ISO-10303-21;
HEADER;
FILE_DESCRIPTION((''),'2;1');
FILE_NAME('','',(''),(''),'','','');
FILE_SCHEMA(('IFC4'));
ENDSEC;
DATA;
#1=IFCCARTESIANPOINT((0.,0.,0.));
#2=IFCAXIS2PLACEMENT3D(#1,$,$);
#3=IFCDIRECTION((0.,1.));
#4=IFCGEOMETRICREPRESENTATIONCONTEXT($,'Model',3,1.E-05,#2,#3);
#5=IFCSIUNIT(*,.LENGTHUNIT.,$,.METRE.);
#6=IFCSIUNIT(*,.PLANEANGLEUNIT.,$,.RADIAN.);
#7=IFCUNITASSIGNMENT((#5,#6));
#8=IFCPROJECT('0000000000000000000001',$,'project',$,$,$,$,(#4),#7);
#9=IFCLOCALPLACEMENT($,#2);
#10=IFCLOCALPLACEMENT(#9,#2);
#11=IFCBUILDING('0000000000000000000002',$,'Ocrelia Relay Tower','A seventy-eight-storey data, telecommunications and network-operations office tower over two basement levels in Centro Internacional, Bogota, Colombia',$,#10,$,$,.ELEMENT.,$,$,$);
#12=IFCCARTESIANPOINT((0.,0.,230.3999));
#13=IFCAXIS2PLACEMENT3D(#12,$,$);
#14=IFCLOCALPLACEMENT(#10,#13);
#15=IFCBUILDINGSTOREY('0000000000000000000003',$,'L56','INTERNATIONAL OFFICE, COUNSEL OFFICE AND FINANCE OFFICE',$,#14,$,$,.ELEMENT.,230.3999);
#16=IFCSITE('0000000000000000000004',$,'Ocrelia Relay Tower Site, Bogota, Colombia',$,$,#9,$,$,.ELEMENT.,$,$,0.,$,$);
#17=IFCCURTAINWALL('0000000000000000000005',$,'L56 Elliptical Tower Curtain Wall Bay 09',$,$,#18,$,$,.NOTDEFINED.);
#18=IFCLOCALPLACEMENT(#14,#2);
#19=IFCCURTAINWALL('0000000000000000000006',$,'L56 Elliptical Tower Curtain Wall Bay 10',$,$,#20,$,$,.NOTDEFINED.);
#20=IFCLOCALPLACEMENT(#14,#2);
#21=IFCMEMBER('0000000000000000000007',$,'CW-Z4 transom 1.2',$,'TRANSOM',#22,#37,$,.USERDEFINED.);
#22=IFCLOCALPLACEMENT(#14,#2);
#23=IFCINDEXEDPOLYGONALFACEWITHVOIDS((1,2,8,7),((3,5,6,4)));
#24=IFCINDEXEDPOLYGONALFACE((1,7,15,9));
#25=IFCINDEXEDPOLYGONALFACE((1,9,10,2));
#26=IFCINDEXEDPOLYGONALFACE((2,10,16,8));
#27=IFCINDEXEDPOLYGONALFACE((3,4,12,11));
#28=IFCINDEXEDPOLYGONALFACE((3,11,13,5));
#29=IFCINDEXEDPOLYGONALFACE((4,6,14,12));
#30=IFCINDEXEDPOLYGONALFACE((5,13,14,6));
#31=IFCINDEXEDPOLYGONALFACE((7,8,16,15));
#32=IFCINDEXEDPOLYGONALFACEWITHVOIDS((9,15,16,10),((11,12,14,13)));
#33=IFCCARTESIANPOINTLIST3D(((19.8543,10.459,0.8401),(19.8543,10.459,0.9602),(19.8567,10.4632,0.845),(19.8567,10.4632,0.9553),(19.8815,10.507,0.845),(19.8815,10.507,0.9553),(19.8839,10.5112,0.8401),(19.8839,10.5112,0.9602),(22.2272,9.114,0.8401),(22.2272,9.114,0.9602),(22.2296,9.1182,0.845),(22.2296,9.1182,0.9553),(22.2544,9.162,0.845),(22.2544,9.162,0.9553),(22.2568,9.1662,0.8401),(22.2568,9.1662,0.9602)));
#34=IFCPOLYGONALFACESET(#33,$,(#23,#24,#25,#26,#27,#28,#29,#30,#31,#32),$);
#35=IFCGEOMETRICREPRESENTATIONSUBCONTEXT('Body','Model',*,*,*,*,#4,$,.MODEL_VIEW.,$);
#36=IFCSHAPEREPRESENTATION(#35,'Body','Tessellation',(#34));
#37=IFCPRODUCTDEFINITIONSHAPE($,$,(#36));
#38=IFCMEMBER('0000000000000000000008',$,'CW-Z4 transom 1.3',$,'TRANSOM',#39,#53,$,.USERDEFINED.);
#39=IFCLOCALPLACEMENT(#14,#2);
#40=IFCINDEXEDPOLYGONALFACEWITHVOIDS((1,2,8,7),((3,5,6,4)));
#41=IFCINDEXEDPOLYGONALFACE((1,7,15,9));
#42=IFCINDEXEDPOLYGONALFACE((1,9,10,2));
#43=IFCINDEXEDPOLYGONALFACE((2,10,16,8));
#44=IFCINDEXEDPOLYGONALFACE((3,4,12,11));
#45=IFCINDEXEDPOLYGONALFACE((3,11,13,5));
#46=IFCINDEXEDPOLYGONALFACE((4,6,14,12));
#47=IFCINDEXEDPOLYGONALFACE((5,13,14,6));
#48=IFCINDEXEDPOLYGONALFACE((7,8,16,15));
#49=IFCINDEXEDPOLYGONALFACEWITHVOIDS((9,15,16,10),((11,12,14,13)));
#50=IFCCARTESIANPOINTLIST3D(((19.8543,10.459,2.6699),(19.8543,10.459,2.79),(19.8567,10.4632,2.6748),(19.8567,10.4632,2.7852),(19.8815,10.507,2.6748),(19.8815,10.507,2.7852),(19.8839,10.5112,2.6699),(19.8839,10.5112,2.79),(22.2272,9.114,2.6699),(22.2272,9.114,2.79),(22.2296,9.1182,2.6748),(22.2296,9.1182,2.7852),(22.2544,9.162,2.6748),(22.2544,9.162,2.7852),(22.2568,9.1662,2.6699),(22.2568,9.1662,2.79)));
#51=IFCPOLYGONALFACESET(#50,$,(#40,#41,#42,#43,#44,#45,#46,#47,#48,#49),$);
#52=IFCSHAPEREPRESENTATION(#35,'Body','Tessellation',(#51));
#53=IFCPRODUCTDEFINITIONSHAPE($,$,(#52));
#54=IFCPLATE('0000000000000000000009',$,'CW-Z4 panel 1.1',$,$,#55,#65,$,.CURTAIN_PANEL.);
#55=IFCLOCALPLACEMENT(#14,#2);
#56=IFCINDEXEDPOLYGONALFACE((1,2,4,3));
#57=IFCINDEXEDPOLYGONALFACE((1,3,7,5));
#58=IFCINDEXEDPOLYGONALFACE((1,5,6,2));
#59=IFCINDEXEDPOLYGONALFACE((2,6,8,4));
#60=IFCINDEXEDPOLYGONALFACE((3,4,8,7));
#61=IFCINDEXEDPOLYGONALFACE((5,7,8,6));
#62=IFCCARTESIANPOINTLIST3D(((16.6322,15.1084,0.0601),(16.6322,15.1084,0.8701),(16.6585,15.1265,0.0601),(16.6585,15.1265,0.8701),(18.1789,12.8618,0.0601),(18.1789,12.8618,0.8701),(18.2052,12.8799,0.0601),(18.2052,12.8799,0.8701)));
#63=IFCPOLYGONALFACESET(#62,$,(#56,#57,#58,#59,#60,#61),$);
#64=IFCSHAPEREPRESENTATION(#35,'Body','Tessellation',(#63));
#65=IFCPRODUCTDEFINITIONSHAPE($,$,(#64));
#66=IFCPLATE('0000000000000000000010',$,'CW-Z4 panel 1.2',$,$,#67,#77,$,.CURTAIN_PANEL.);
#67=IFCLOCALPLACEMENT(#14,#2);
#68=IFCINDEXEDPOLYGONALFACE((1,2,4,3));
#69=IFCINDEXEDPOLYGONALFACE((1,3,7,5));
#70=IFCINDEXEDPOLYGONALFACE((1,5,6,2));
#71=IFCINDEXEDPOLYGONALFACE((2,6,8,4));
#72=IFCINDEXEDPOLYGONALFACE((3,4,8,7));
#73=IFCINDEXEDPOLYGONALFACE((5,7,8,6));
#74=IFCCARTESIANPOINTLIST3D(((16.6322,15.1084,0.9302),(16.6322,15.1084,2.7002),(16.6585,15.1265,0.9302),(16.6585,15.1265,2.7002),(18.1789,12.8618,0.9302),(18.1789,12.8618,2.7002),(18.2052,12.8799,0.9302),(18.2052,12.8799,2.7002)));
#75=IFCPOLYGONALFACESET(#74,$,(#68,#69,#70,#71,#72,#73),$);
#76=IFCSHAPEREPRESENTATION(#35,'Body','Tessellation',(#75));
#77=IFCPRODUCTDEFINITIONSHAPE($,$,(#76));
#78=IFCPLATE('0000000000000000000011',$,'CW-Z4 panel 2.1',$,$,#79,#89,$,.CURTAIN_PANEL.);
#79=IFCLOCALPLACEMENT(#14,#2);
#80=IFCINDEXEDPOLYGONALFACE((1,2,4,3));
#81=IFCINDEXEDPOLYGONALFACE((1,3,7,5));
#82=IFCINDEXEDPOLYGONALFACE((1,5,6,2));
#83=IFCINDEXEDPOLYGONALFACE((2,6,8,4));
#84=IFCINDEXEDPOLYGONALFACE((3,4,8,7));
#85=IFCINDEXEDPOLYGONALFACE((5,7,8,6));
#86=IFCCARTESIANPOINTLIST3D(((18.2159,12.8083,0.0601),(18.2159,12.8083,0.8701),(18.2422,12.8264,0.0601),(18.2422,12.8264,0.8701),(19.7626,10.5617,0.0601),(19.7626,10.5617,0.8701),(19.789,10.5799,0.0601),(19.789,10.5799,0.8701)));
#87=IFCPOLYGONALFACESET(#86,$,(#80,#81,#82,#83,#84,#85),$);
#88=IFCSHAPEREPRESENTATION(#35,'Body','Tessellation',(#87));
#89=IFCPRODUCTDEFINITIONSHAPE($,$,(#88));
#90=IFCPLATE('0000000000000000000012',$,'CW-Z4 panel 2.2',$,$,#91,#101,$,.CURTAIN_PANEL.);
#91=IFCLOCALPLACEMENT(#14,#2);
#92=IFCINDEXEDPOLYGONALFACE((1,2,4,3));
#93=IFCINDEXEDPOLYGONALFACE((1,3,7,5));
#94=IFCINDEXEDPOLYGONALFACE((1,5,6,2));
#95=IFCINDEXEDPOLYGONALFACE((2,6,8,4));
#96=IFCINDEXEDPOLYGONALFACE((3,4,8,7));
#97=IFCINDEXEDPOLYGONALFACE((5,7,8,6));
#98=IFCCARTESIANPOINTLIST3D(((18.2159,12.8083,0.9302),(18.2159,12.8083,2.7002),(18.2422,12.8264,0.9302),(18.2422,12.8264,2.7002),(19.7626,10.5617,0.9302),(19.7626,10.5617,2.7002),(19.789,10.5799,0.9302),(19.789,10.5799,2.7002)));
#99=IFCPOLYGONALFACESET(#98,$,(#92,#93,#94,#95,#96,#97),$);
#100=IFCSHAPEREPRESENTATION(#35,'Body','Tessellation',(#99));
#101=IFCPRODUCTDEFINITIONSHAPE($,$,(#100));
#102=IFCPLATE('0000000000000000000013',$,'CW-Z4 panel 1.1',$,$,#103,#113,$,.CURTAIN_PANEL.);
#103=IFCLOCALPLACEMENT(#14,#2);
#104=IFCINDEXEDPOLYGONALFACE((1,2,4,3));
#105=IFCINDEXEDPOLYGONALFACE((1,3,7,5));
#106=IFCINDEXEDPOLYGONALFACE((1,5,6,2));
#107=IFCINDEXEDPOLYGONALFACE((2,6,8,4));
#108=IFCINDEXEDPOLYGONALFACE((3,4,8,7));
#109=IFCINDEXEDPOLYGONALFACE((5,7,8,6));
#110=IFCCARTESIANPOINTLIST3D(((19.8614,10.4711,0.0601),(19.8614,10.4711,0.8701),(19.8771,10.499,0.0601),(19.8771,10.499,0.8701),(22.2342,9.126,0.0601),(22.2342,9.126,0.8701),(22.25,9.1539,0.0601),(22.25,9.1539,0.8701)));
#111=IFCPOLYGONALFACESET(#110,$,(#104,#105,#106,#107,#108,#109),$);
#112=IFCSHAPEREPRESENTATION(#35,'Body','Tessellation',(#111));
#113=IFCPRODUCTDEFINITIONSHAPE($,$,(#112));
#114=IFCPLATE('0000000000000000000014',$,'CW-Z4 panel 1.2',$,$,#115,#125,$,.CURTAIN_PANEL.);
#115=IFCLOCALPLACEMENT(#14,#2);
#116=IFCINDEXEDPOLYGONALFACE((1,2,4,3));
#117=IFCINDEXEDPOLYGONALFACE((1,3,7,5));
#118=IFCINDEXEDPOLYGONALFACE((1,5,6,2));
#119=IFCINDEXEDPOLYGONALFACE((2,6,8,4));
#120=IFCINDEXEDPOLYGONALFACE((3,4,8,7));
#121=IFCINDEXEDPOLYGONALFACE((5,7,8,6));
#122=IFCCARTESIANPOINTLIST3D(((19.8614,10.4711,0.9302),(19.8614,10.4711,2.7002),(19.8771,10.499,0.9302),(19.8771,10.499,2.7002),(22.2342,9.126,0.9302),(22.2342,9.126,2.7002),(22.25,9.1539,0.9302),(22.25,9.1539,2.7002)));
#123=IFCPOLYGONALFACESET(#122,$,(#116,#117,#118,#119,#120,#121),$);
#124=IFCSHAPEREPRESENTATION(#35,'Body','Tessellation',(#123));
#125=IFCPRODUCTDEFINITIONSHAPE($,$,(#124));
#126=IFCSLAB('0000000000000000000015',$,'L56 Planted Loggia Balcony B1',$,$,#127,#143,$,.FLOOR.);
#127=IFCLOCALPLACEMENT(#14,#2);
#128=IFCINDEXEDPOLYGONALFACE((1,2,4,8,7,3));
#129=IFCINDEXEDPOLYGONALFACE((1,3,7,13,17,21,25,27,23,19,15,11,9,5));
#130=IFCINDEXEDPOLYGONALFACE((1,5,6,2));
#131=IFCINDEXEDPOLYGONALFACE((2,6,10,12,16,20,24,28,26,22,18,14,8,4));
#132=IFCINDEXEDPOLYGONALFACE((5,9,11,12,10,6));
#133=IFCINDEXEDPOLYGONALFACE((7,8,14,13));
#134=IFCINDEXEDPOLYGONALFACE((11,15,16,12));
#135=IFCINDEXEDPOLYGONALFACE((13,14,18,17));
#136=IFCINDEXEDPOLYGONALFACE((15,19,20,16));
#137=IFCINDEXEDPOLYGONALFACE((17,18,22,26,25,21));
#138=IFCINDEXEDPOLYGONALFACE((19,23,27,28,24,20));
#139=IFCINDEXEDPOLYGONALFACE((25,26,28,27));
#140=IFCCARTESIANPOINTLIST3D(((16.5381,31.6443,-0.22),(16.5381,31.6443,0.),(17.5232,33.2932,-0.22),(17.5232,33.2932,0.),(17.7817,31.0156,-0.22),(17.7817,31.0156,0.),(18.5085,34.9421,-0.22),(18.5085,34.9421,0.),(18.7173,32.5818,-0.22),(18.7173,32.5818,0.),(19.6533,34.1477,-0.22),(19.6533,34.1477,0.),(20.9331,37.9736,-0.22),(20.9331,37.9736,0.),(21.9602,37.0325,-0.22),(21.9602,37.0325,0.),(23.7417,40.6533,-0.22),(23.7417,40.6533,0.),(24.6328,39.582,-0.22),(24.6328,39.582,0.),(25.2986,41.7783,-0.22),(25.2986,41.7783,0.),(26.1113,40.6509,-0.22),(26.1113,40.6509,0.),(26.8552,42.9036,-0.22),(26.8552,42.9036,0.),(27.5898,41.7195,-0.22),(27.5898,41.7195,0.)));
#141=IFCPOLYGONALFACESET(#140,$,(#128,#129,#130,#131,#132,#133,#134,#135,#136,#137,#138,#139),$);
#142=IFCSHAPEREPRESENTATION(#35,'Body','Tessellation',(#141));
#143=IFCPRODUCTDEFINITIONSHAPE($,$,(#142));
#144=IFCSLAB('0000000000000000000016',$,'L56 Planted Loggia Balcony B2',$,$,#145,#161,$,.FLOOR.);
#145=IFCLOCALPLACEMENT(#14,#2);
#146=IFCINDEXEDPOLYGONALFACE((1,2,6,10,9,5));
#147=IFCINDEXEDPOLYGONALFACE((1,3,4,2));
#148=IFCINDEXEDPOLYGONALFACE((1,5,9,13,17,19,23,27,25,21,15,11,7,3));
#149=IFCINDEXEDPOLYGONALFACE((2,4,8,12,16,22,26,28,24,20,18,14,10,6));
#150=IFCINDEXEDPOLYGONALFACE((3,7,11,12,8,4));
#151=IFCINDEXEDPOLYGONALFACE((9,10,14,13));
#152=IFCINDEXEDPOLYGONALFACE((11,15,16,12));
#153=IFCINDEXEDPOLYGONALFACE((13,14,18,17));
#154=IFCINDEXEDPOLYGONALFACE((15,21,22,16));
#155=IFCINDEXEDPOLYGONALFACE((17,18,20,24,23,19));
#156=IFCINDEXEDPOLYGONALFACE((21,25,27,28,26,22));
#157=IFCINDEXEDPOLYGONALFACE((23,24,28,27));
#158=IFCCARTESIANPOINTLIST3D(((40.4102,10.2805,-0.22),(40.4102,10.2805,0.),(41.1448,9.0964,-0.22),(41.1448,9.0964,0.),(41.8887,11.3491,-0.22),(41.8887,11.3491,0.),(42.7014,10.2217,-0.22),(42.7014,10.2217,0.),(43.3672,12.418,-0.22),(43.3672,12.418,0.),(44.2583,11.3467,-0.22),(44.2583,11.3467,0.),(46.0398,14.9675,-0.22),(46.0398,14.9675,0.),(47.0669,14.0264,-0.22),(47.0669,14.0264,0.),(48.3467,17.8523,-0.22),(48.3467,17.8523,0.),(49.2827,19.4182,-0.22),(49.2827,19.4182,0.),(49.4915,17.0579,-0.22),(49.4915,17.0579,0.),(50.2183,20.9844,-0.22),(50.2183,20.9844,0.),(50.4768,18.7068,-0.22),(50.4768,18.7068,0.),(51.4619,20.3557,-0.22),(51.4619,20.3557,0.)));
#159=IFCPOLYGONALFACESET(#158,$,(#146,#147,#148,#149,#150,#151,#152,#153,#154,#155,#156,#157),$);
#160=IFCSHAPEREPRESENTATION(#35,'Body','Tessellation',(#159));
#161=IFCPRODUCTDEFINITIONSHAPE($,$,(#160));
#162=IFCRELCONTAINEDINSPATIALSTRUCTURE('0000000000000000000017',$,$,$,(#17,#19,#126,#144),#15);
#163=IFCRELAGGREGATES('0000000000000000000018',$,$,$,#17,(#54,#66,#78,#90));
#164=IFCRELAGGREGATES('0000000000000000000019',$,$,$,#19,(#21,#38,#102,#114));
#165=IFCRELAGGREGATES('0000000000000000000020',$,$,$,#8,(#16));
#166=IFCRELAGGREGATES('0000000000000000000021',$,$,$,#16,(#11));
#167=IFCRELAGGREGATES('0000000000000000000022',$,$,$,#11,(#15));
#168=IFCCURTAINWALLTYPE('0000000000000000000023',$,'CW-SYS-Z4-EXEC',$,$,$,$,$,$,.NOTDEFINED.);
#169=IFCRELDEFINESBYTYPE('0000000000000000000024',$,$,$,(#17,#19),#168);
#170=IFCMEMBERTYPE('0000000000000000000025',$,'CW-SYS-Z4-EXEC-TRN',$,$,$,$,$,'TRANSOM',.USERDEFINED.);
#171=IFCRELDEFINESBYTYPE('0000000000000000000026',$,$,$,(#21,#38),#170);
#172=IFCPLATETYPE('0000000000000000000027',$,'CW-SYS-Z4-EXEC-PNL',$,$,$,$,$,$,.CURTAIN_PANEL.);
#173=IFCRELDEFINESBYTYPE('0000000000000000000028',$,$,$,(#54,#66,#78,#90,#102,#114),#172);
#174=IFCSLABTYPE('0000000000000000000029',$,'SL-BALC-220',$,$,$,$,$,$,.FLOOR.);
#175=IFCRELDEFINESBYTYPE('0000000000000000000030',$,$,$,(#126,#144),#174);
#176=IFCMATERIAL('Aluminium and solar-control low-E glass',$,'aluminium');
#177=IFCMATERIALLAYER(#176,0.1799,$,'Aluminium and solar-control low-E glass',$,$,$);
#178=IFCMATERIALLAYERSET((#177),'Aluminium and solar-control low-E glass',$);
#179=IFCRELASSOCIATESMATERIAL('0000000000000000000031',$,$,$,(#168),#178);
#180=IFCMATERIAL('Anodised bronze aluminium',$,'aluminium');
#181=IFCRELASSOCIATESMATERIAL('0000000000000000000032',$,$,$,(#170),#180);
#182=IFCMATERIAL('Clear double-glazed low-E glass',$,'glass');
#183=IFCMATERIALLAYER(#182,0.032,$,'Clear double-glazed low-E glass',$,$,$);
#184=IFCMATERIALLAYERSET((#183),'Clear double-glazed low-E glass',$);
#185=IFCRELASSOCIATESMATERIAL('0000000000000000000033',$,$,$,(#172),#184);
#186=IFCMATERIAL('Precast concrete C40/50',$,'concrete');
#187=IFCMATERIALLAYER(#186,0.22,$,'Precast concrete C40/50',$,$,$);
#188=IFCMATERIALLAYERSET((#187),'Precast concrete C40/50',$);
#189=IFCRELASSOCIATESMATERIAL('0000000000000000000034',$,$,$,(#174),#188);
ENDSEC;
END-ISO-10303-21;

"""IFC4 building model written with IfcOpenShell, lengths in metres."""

from ifc_helpers import new_model, si_unit, direction, frame, origin, origin_2d, place, context, subcontext, project, spatial, polyline, rectangle, hollow_rectangle, outline, extrude, material, layer, layer_set, material_profile, profile_set, type_object, element, aggregate, save


model = new_model("IFC4")

# Units and contexts
model_context = context("Model", 3, precision=1e-05, world=origin(), true_north=direction((0.0, 1.0)))
body_context = subcontext(model_context, "Body", "Model", "MODEL_VIEW")
ifc_project = project(units=[si_unit("LENGTHUNIT", "METRE"), si_unit("PLANEANGLEUNIT", "RADIAN")], contexts=[model_context])

# Site, building, storey
site_placement = place(None, origin())
site = spatial("IfcSite", under=ifc_project, at=site_placement, Name="Ocrelia Relay Tower Site, Bogota, Colombia", CompositionType="ELEMENT", RefElevation=0.0)
building_placement = place(site_placement, origin())
building = spatial("IfcBuilding", under=site, at=building_placement, Name="Ocrelia Relay Tower", Description="A seventy-eight-storey data, telecommunications and network-operations office tower over two basement levels in Centro Internacional, Bogota, Colombia", CompositionType="ELEMENT")
storey_placement = place(building_placement, frame((0.0, 0.0, 230.3999)))
storey = spatial("IfcBuildingStorey", under=building, at=storey_placement, Name="L56", Description="INTERNATIONAL OFFICE, COUNSEL OFFICE AND FINANCE OFFICE", CompositionType="ELEMENT", Elevation=230.3999)

# Curtain wall
ifc_material_1 = material(Name="Aluminium and solar-control low-E glass", Category="aluminium")
ifc_layer_1 = layer(ifc_material_1, 0.1799, Name="Aluminium and solar-control low-E glass")
ifc_layer_set_1 = layer_set([ifc_layer_1], Name="Aluminium and solar-control low-E glass")
curtain_wall_type = type_object("IfcCurtainWallType", Name="CW-SYS-Z4-EXEC", PredefinedType="NOTDEFINED", material=ifc_layer_set_1)
curtain_wall_1_placement = place(storey_placement, origin())
curtain_wall_1 = element("IfcCurtainWall", 1, at=curtain_wall_1_placement, inside=storey, type_object=curtain_wall_type, Name="L56 Elliptical Tower Curtain Wall Bay 09", PredefinedType="NOTDEFINED")
ifc_material_2 = material(Name="Anodised bronze aluminium", Category="aluminium")

# Curtain wall
curtain_wall_2_placement = place(storey_placement, origin())
curtain_wall_2 = element("IfcCurtainWall", 2, at=curtain_wall_2_placement, inside=storey, type_object=curtain_wall_type, Name="L56 Elliptical Tower Curtain Wall Bay 10", PredefinedType="NOTDEFINED")

# Members
ifc_material_profile_1 = material_profile(ifc_material_2, hollow_rectangle(XDim=0.0601, YDim=0.1201, WallThickness=0.0049, at=origin_2d()), Name="CW-TRN-120x60")
ifc_profile_set_1 = profile_set([ifc_material_profile_1], Name="Anodised bronze aluminium")
member_type_1 = type_object("IfcMemberType", Name="CW-SYS-Z4-EXEC-TRN", ElementType="TRANSOM", PredefinedType="USERDEFINED", material=ifc_profile_set_1)
member_1_placement = place(storey_placement, frame((19.8691, 10.4851, 0.9001), z_axis=(0.869962, -0.493119, 0.0), x_axis=(0.493119, 0.869962, 0.0)))
member_1 = element("IfcMember", 3, at=member_1_placement, type_object=member_type_1, Name="CW-Z4 transom 1.2", ObjectType="TRANSOM", PredefinedType="USERDEFINED", context=body_context, shape_type="SweptSolid", body=[
    extrude(hollow_rectangle(XDim=0.0601, YDim=0.1201, WallThickness=0.0049, at=origin_2d()), origin(), (0.0, 0.0, 1.0), 2.7275),
])
member_2_placement = place(storey_placement, frame((19.8691, 10.4851, 2.73), z_axis=(0.869962, -0.493119, 0.0), x_axis=(0.493119, 0.869962, 0.0)))
member_2 = element("IfcMember", 4, at=member_2_placement, type_object=member_type_1, Name="CW-Z4 transom 1.3", ObjectType="TRANSOM", PredefinedType="USERDEFINED", context=body_context, shape_type="SweptSolid", body=[
    extrude(hollow_rectangle(XDim=0.0601, YDim=0.1201, WallThickness=0.0049, at=origin_2d()), origin(), (0.0, 0.0, 1.0), 2.7275),
])

# Plates
ifc_material_3 = material(Name="Clear double-glazed low-E glass", Category="glass")
ifc_layer_2 = layer(ifc_material_3, 0.032, Name="Clear double-glazed low-E glass")
ifc_layer_set_2 = layer_set([ifc_layer_2], Name="Clear double-glazed low-E glass")
plate_type = type_object("IfcPlateType", Name="CW-SYS-Z4-EXEC-PNL", PredefinedType="CURTAIN_PANEL", material=ifc_layer_set_2)
plate_1_placement = place(storey_placement, frame((17.4187, 13.9941, 0.0601), z_axis=(0.0, 0.0, 1.0), x_axis=(0.567087, -0.823658, 0.0)))
plate_1 = element("IfcPlate", 5, at=plate_1_placement, type_object=plate_type, Name="CW-Z4 panel 1.1", PredefinedType="CURTAIN_PANEL", context=body_context, shape_type="SweptSolid", body=[
    extrude(rectangle(XDim=2.7275, YDim=0.032, at=origin_2d()), origin(), (0.0, 0.0, 1.0), 0.8101),
])
plate_2_placement = place(storey_placement, frame((17.4187, 13.9941, 0.9302), z_axis=(0.0, 0.0, 1.0), x_axis=(0.567087, -0.823658, 0.0)))
plate_2 = element("IfcPlate", 6, at=plate_2_placement, type_object=plate_type, Name="CW-Z4 panel 1.2", PredefinedType="CURTAIN_PANEL", context=body_context, shape_type="SweptSolid", body=[
    extrude(rectangle(XDim=2.7275, YDim=0.032, at=origin_2d()), origin(), (0.0, 0.0, 1.0), 1.77),
])
plate_3_placement = place(storey_placement, frame((19.0024, 11.6941, 0.0601), z_axis=(0.0, 0.0, 1.0), x_axis=(0.567087, -0.823658, 0.0)))
plate_3 = element("IfcPlate", 7, at=plate_3_placement, type_object=plate_type, Name="CW-Z4 panel 2.1", PredefinedType="CURTAIN_PANEL", context=body_context, shape_type="SweptSolid", body=[
    extrude(rectangle(XDim=2.7275, YDim=0.032, at=origin_2d()), origin(), (0.0, 0.0, 1.0), 0.8101),
])
plate_4_placement = place(storey_placement, frame((19.0024, 11.6941, 0.9302), z_axis=(0.0, 0.0, 1.0), x_axis=(0.567087, -0.823658, 0.0)))
plate_4 = element("IfcPlate", 8, at=plate_4_placement, type_object=plate_type, Name="CW-Z4 panel 2.2", PredefinedType="CURTAIN_PANEL", context=body_context, shape_type="SweptSolid", body=[
    extrude(rectangle(XDim=2.7275, YDim=0.032, at=origin_2d()), origin(), (0.0, 0.0, 1.0), 1.77),
])
aggregate(curtain_wall_1, [plate_1, plate_2, plate_3, plate_4])
plate_5_placement = place(storey_placement, frame((21.0557, 9.8125, 0.0601), z_axis=(0.0, 0.0, 1.0), x_axis=(0.869946, -0.493147, 0.0)))
plate_5 = element("IfcPlate", 9, at=plate_5_placement, type_object=plate_type, Name="CW-Z4 panel 1.1", PredefinedType="CURTAIN_PANEL", context=body_context, shape_type="SweptSolid", body=[
    extrude(rectangle(XDim=2.7275, YDim=0.032, at=origin_2d()), origin(), (0.0, 0.0, 1.0), 0.8101),
])
plate_6_placement = place(storey_placement, frame((21.0557, 9.8125, 0.9302), z_axis=(0.0, 0.0, 1.0), x_axis=(0.869946, -0.493147, 0.0)))
plate_6 = element("IfcPlate", 10, at=plate_6_placement, type_object=plate_type, Name="CW-Z4 panel 1.2", PredefinedType="CURTAIN_PANEL", context=body_context, shape_type="SweptSolid", body=[
    extrude(rectangle(XDim=2.7275, YDim=0.032, at=origin_2d()), origin(), (0.0, 0.0, 1.0), 1.77),
])
aggregate(curtain_wall_2, [member_1, member_2, plate_5, plate_6])

# Slabs
ifc_material_4 = material(Name="Precast concrete C40/50", Category="concrete")
ifc_layer_3 = layer(ifc_material_4, 0.22, Name="Precast concrete C40/50")
ifc_layer_set_3 = layer_set([ifc_layer_3], Name="Precast concrete C40/50")
slab_type_1 = type_object("IfcSlabType", Name="SL-BALC-220", PredefinedType="FLOOR", material=ifc_layer_set_3)
slab_1_placement = place(storey_placement, frame((0.0, 0.0, -0.22)))
element("IfcSlab", 11, at=slab_1_placement, inside=storey, type_object=slab_type_1, Name="L56 Planted Loggia Balcony B1", PredefinedType="FLOOR", context=body_context, shape_type="SweptSolid", body=[
    extrude(outline(polyline([(27.5898, 41.7195), (26.1113, 40.6509), (24.6328, 39.582), (21.9602, 37.0325), (19.6533, 34.1477), (18.7173, 32.5818), (17.7817, 31.0156), (16.5381, 31.6443), (17.5232, 33.2932), (18.5085, 34.9421), (20.9331, 37.9736), (23.7417, 40.6533), (25.2986, 41.7783), (26.8552, 42.9036), (27.5898, 41.7195)])), origin(), (0.0, 0.0, 1.0), 0.22),
])
slab_2_placement = place(storey_placement, frame((0.0, 0.0, -0.22)))
element("IfcSlab", 12, at=slab_2_placement, inside=storey, type_object=slab_type_1, Name="L56 Planted Loggia Balcony B2", PredefinedType="FLOOR", context=body_context, shape_type="SweptSolid", body=[
    extrude(outline(polyline([(40.4102, 10.2805), (41.8887, 11.3491), (43.3672, 12.418), (46.0398, 14.9675), (48.3467, 17.8523), (49.2827, 19.4182), (50.2183, 20.9844), (51.4619, 20.3557), (50.4768, 18.7068), (49.4915, 17.0579), (47.0669, 14.0264), (44.2583, 11.3467), (42.7014, 10.2217), (41.1448, 9.0964), (40.4102, 10.2805)])), origin(), (0.0, 0.0, 1.0), 0.22),
])

save(model, "model.ifc")
